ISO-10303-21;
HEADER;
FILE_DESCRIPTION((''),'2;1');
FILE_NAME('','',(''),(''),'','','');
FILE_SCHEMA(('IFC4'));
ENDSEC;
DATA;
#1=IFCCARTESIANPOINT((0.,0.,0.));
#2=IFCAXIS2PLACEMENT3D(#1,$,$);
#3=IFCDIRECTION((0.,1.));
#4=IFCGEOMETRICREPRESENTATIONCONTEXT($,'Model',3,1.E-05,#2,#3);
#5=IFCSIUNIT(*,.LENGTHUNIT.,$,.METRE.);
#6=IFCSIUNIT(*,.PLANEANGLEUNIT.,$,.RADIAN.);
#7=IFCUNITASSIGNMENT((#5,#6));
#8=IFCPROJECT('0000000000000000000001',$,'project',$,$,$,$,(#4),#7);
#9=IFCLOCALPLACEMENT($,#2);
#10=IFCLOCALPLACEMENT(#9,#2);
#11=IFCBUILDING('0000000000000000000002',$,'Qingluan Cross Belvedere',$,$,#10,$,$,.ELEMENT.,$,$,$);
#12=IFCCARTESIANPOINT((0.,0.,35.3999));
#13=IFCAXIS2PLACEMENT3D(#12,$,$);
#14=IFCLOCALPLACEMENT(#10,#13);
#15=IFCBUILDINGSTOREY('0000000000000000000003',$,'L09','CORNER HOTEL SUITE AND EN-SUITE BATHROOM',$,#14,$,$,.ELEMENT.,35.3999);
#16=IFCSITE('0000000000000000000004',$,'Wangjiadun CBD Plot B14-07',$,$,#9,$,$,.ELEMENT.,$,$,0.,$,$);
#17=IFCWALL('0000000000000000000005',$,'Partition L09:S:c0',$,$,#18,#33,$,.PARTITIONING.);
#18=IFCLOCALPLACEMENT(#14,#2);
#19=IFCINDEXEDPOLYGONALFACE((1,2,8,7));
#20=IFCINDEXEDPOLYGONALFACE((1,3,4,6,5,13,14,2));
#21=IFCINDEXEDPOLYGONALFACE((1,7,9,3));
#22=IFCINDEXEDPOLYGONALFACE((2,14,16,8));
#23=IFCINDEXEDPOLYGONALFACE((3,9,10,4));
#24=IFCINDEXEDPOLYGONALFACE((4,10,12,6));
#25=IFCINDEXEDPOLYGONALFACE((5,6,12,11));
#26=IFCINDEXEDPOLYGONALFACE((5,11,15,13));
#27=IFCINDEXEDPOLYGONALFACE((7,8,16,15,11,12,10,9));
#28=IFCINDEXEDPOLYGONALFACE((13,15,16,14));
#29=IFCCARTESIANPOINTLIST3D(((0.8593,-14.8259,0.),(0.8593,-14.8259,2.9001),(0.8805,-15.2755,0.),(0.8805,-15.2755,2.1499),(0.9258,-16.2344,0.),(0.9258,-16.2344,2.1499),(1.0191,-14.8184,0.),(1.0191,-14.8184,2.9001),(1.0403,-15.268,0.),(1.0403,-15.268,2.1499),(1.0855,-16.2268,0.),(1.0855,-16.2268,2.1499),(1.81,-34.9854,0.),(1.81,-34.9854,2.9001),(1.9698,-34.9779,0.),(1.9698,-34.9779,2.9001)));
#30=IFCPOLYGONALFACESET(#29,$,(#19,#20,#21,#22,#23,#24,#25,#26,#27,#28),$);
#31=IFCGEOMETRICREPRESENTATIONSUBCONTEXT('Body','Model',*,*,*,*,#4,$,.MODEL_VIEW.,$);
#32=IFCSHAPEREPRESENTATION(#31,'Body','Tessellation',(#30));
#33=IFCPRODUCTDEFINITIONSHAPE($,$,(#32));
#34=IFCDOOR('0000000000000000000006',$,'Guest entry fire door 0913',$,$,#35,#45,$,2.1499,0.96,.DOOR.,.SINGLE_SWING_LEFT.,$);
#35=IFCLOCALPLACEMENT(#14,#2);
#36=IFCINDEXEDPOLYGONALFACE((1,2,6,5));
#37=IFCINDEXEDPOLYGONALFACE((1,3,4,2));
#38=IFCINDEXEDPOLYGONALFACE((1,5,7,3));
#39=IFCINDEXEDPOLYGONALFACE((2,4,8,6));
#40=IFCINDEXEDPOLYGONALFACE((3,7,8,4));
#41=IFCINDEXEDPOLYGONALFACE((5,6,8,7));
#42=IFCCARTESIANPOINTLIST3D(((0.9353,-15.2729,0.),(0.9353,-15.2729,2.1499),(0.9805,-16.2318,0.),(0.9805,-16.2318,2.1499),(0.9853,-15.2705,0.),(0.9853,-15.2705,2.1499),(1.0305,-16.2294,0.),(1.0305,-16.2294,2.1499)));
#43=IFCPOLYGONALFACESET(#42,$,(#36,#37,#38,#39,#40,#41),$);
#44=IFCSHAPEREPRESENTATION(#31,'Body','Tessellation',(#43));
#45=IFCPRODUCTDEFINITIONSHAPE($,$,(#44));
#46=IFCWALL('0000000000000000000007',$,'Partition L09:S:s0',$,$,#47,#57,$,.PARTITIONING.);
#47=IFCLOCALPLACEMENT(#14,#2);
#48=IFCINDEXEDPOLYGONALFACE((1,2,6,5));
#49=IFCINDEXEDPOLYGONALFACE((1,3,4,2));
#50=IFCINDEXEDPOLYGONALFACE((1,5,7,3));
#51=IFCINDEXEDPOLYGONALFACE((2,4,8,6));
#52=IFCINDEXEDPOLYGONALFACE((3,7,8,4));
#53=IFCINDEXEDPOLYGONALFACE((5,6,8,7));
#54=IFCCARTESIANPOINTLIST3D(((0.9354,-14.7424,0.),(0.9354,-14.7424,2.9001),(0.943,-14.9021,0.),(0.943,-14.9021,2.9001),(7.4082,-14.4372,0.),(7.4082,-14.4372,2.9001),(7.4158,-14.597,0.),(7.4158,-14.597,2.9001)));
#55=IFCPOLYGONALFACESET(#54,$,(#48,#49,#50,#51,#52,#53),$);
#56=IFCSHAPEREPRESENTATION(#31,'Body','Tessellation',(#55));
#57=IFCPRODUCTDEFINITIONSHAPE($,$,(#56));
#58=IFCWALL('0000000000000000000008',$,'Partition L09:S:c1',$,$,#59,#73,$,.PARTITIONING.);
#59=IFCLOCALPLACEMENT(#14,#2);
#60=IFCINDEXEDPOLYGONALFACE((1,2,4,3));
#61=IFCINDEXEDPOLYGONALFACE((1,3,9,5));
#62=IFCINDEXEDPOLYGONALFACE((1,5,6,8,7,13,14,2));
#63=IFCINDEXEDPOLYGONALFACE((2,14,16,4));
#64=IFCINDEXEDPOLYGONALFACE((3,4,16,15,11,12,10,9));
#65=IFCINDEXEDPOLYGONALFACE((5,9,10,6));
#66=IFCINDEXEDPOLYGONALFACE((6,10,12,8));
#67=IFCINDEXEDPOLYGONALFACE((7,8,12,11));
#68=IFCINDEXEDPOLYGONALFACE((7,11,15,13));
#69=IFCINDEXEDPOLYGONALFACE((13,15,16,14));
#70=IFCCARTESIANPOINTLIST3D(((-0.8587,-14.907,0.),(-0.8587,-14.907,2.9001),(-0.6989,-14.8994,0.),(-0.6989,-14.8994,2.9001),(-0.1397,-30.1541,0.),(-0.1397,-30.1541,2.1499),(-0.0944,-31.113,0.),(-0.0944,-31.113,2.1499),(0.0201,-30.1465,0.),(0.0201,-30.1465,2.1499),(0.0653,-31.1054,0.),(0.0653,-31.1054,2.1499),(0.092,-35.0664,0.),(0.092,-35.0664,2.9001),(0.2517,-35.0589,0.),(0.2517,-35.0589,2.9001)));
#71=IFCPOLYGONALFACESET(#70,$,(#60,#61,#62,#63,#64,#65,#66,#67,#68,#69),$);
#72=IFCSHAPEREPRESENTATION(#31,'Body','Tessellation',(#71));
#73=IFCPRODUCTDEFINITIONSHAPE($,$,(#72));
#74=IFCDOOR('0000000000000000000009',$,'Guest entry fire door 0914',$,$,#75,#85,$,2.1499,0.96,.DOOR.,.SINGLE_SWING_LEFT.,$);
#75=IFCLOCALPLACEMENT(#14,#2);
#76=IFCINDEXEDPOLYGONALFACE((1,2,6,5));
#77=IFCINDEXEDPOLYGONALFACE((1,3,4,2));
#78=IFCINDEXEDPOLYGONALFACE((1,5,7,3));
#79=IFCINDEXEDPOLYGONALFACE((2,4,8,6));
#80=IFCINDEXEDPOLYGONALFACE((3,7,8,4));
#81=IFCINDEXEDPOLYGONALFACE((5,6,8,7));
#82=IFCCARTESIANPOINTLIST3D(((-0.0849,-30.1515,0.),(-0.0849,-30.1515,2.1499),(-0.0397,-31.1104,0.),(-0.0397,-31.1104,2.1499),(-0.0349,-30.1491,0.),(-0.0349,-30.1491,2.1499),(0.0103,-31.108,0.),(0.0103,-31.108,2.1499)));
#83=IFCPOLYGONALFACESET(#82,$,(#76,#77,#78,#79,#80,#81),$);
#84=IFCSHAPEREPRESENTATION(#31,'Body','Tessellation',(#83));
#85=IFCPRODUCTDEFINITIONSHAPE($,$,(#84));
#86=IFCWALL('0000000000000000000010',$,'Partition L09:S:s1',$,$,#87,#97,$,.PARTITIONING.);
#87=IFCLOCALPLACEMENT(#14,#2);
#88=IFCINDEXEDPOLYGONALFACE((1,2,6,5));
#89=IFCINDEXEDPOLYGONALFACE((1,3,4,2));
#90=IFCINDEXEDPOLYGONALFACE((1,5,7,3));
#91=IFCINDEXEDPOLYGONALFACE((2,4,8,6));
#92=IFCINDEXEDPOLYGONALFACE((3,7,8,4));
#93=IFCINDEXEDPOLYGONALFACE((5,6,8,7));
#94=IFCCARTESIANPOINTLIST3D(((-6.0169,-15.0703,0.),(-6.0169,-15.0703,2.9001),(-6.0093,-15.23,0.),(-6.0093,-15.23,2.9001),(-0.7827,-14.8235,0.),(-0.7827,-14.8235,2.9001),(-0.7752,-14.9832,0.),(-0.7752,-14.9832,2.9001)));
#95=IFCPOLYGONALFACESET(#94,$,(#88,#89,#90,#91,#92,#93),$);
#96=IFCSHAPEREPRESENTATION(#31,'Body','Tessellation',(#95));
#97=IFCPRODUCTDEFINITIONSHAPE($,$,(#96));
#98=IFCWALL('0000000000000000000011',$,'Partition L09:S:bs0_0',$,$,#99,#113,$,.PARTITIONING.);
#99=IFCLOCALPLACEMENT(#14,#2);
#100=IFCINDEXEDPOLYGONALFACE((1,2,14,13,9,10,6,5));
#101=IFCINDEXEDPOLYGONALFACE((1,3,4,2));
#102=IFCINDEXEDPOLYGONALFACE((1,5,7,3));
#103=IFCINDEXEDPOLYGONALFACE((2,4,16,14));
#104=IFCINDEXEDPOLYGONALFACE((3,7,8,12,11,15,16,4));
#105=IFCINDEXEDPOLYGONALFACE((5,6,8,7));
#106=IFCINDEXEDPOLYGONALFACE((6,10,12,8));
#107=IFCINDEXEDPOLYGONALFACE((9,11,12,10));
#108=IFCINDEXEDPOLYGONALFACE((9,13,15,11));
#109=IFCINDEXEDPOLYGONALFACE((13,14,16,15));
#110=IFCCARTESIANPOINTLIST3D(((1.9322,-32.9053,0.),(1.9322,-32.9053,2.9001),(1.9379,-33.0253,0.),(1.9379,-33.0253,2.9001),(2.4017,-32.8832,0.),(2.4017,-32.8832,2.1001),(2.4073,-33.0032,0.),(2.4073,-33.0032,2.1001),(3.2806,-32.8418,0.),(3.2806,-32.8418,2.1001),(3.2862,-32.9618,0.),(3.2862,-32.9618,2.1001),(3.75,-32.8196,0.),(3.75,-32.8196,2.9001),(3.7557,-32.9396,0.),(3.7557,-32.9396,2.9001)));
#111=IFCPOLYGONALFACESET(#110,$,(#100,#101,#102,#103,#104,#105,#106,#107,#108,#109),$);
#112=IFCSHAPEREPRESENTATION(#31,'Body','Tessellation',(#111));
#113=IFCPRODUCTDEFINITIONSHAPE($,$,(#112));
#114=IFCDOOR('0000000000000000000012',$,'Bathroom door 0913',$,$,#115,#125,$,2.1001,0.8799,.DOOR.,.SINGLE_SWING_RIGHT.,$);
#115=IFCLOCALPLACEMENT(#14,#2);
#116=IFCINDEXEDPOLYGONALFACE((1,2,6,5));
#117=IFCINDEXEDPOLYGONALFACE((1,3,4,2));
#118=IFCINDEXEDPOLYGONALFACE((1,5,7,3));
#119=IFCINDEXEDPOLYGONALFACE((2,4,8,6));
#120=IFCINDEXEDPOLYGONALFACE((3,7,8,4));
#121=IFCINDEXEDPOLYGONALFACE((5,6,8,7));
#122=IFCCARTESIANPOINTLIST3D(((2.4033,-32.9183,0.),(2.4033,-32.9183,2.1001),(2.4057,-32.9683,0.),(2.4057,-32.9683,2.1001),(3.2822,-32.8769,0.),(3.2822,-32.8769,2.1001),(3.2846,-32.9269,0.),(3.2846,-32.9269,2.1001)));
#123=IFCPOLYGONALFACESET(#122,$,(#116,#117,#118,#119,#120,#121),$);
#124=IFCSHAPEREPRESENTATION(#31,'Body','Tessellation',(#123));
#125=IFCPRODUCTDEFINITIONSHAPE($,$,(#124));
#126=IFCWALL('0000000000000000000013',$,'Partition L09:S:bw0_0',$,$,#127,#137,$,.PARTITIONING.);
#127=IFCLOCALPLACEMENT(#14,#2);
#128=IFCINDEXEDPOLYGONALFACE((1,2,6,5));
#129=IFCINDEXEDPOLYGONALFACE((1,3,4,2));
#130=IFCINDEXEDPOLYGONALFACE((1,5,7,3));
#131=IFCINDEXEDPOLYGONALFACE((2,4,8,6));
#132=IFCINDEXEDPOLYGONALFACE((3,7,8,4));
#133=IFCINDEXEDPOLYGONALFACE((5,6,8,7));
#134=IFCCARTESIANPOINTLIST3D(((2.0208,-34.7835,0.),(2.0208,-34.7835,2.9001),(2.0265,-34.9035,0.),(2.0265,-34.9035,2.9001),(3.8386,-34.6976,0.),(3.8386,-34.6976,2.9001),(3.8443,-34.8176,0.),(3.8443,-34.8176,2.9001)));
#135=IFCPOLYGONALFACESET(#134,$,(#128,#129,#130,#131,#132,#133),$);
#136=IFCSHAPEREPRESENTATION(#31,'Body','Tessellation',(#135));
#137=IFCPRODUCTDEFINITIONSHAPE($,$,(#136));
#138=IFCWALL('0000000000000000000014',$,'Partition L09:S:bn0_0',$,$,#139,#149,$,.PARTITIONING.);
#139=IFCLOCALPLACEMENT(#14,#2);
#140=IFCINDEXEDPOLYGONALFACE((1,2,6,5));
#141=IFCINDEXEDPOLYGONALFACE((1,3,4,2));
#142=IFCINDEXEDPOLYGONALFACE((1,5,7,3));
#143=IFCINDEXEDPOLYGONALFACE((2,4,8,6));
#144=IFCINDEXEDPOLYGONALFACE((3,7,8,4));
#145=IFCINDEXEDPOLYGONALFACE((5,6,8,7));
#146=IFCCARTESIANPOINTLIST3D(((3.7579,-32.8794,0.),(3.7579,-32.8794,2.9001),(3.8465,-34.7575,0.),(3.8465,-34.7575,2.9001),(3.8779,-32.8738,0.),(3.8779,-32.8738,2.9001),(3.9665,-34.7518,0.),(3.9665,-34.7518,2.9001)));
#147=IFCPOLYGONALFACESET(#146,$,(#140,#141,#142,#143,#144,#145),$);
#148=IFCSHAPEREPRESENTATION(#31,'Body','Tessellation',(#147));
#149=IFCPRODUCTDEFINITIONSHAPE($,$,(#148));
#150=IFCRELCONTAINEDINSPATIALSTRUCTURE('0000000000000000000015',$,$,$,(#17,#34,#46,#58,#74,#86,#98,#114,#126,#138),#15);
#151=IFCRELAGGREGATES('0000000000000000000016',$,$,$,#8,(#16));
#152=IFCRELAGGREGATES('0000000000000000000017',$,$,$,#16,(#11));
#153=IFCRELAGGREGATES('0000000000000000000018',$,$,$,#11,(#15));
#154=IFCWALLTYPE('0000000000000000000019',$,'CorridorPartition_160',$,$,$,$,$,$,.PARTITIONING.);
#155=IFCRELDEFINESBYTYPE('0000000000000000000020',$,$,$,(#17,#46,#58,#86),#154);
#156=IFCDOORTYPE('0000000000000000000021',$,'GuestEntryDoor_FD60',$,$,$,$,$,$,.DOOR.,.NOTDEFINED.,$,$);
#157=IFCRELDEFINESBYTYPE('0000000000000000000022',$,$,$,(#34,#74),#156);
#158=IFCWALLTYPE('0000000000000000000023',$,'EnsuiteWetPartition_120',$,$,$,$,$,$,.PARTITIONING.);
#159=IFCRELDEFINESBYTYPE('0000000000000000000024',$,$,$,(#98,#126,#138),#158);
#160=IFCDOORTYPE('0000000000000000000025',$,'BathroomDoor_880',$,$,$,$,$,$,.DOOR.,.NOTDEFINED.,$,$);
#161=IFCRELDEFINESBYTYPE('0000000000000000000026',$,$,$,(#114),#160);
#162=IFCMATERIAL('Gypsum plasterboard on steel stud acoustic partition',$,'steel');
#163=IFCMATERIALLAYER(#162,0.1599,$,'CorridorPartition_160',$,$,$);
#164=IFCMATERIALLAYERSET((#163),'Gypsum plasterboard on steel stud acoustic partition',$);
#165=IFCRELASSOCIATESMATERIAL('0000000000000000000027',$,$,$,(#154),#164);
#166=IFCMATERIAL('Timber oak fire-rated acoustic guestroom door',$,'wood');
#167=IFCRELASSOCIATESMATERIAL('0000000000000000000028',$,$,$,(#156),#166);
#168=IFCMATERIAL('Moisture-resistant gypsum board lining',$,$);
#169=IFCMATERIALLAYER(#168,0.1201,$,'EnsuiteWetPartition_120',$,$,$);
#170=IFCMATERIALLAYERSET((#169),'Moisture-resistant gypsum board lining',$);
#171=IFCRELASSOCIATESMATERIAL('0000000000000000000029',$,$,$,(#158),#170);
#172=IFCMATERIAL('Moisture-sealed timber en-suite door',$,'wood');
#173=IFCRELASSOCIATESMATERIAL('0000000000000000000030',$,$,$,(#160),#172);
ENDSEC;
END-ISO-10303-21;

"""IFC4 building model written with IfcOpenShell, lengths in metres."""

from ifc_helpers import new_model, si_unit, direction, frame, frame_2d, origin, place, context, subcontext, project, spatial, rectangle, extrude, material, layer, layer_set, type_object, element, fill, save


model = new_model("IFC4")

# Units and contexts
model_context = context("Model", 3, precision=1e-05, world=origin(), true_north=direction((0.0, 1.0)))
body_context = subcontext(model_context, "Body", "Model", "MODEL_VIEW")
ifc_project = project(units=[si_unit("LENGTHUNIT", "METRE"), si_unit("PLANEANGLEUNIT", "RADIAN")], contexts=[model_context])

# Site, building, storey
site_placement = place(None, origin())
site = spatial("IfcSite", under=ifc_project, at=site_placement, Name="Wangjiadun CBD Plot B14-07", CompositionType="ELEMENT", RefElevation=0.0)
building_placement = place(site_placement, origin())
building = spatial("IfcBuilding", under=site, at=building_placement, Name="Qingluan Cross Belvedere", CompositionType="ELEMENT")
storey_placement = place(building_placement, frame((0.0, 0.0, 35.3999)))
storey = spatial("IfcBuildingStorey", under=building, at=storey_placement, Name="L09", Description="CORNER HOTEL SUITE AND EN-SUITE BATHROOM", CompositionType="ELEMENT", Elevation=35.3999)

# Wall, opening, door
ifc_material_1 = material(Name="Gypsum plasterboard on steel stud acoustic partition", Category="steel")
ifc_layer_1 = layer(ifc_material_1, 0.1599, Name="CorridorPartition_160")
ifc_layer_set_1 = layer_set([ifc_layer_1], Name="Gypsum plasterboard on steel stud acoustic partition")
wall_type_1 = type_object("IfcWallType", Name="CorridorPartition_160", PredefinedType="PARTITIONING", material=ifc_layer_set_1)
wall_1_placement = place(storey_placement, frame((0.9392, -14.8223, 0.0), z_axis=(0.0, 0.0, 1.0), x_axis=(0.047106, -0.99889, 0.0)))
wall_1 = element("IfcWall", 1, at=wall_1_placement, inside=storey, type_object=wall_type_1, Name="Partition L09:S:c0", PredefinedType="PARTITIONING", context=body_context, shape_type="SweptSolid", body=[
    extrude(rectangle(XDim=20.1819, YDim=0.1599, at=frame_2d((10.0908, 0.0))), origin(), (0.0, 0.0, 1.0), 2.9001),
])
opening_1_placement = place(wall_1_placement, frame((0.45, 0.0, 0.0)))
opening_1 = element("IfcOpeningElement", 2, at=opening_1_placement, cuts=wall_1, PredefinedType="OPENING", context=body_context, shape_type="SweptSolid", body=[
    extrude(rectangle(XDim=0.96, YDim=2.1499, at=frame_2d((0.48, 1.075))), frame((0.0, 0.0898, 0.0), z_axis=(0.0, -1.0, 0.0), x_axis=(1.0, 0.0, 0.0)), (0.0, 0.0, 1.0), 0.1799),
])
ifc_material_2 = material(Name="Timber oak fire-rated acoustic guestroom door", Category="wood")
door_type_1 = type_object("IfcDoorType", Name="GuestEntryDoor_FD60", OperationType="NOTDEFINED", PredefinedType="DOOR", material=ifc_material_2)
door_1_placement = place(opening_1_placement, origin())
door_1 = element("IfcDoor", 3, at=door_1_placement, inside=storey, type_object=door_type_1, Name="Guest entry fire door 0913", OperationType="SINGLE_SWING_LEFT", OverallHeight=2.1499, OverallWidth=0.96, PredefinedType="DOOR", context=body_context, shape_type="SweptSolid", body=[
    extrude(rectangle(XDim=0.96, YDim=2.1499, at=frame_2d((0.48, 1.075))), frame((0.0, 0.0249, 0.0), z_axis=(0.0, -1.0, 0.0), x_axis=(1.0, 0.0, 0.0)), (0.0, 0.0, 1.0), 0.05),
])
fill(opening_1, door_1)

# Wall
wall_2_placement = place(storey_placement, frame((0.9392, -14.8223, 0.0), z_axis=(0.0, 0.0, 1.0), x_axis=(0.99889, 0.047094, 0.0)))
element("IfcWall", 4, at=wall_2_placement, inside=storey, type_object=wall_type_1, Name="Partition L09:S:s0", PredefinedType="PARTITIONING", context=body_context, shape_type="SweptSolid", body=[
    extrude(rectangle(XDim=6.48, YDim=0.1599, at=frame_2d((3.24, 0.0))), origin(), (0.0, 0.0, 1.0), 2.9001),
])

# Wall, opening, door
wall_3_placement = place(storey_placement, frame((-0.7788, -14.9033, 0.0), z_axis=(0.0, 0.0, 1.0), x_axis=(0.047106, -0.99889, 0.0)))
wall_3 = element("IfcWall", 5, at=wall_3_placement, inside=storey, type_object=wall_type_1, Name="Partition L09:S:c1", PredefinedType="PARTITIONING", context=body_context, shape_type="SweptSolid", body=[
    extrude(rectangle(XDim=20.1819, YDim=0.1599, at=frame_2d((10.0908, 0.0))), origin(), (0.0, 0.0, 1.0), 2.9001),
])
opening_2_placement = place(wall_3_placement, frame((15.2639, 0.0, 0.0)))
opening_2 = element("IfcOpeningElement", 6, at=opening_2_placement, cuts=wall_3, PredefinedType="OPENING", context=body_context, shape_type="SweptSolid", body=[
    extrude(rectangle(XDim=0.96, YDim=2.1499, at=frame_2d((0.48, 1.075))), frame((0.0, 0.0898, 0.0), z_axis=(0.0, -1.0, 0.0), x_axis=(1.0, 0.0, 0.0)), (0.0, 0.0, 1.0), 0.1799),
])
door_2_placement = place(opening_2_placement, origin())
door_2 = element("IfcDoor", 7, at=door_2_placement, inside=storey, type_object=door_type_1, Name="Guest entry fire door 0914", OperationType="SINGLE_SWING_LEFT", OverallHeight=2.1499, OverallWidth=0.96, PredefinedType="DOOR", context=body_context, shape_type="SweptSolid", body=[
    extrude(rectangle(XDim=0.96, YDim=2.1499, at=frame_2d((0.48, 1.075))), frame((0.0, 0.0249, 0.0), z_axis=(0.0, -1.0, 0.0), x_axis=(1.0, 0.0, 0.0)), (0.0, 0.0, 1.0), 0.05),
])
fill(opening_2, door_2)

# Wall
wall_4_placement = place(storey_placement, frame((-0.7788, -14.9033, 0.0), z_axis=(0.0, 0.0, 1.0), x_axis=(-0.99889, -0.047105, 0.0)))
element("IfcWall", 8, at=wall_4_placement, inside=storey, type_object=wall_type_1, Name="Partition L09:S:s1", PredefinedType="PARTITIONING", context=body_context, shape_type="SweptSolid", body=[
    extrude(rectangle(XDim=5.24, YDim=0.1599, at=frame_2d((2.6201, 0.0))), origin(), (0.0, 0.0, 1.0), 2.9001),
])

# Wall, opening, door
ifc_material_3 = material(Name="Moisture-resistant gypsum board lining")
ifc_layer_2 = layer(ifc_material_3, 0.1201, Name="EnsuiteWetPartition_120")
ifc_layer_set_2 = layer_set([ifc_layer_2], Name="Moisture-resistant gypsum board lining")
wall_type_2 = type_object("IfcWallType", Name="EnsuiteWetPartition_120", PredefinedType="PARTITIONING", material=ifc_layer_set_2)
wall_5_placement = place(storey_placement, frame((1.9351, -32.9653, 0.0), z_axis=(0.0, 0.0, 1.0), x_axis=(0.998891, 0.047087, 0.0)))
wall_5 = element("IfcWall", 9, at=wall_5_placement, inside=storey, type_object=wall_type_2, Name="Partition L09:S:bs0_0", PredefinedType="PARTITIONING", context=body_context, shape_type="SweptSolid", body=[
    extrude(rectangle(XDim=1.8198, YDim=0.1201, at=frame_2d((0.9099, 0.0))), origin(), (0.0, 0.0, 1.0), 2.9001),
])
opening_3_placement = place(wall_5_placement, frame((0.47, 0.0, 0.0)))
opening_3 = element("IfcOpeningElement", 10, at=opening_3_placement, cuts=wall_5, PredefinedType="OPENING", context=body_context, shape_type="SweptSolid", body=[
    extrude(rectangle(XDim=0.8799, YDim=2.1001, at=frame_2d((0.4399, 1.05))), frame((0.0, 0.0701, 0.0), z_axis=(0.0, -1.0, 0.0), x_axis=(1.0, 0.0, 0.0)), (0.0, 0.0, 1.0), 0.1401),
])
ifc_material_4 = material(Name="Moisture-sealed timber en-suite door", Category="wood")
door_type_2 = type_object("IfcDoorType", Name="BathroomDoor_880", OperationType="NOTDEFINED", PredefinedType="DOOR", material=ifc_material_4)
door_3_placement = place(opening_3_placement, origin())
door_3 = element("IfcDoor", 11, at=door_3_placement, inside=storey, type_object=door_type_2, Name="Bathroom door 0913", OperationType="SINGLE_SWING_RIGHT", OverallHeight=2.1001, OverallWidth=0.8799, PredefinedType="DOOR", context=body_context, shape_type="SweptSolid", body=[
    extrude(rectangle(XDim=0.8799, YDim=2.1001, at=frame_2d((0.4399, 1.05))), frame((0.0, 0.0249, 0.0), z_axis=(0.0, -1.0, 0.0), x_axis=(1.0, 0.0, 0.0)), (0.0, 0.0, 1.0), 0.05),
])
fill(opening_3, door_3)

# Walls
wall_6_placement = place(storey_placement, frame((2.0237, -34.8435, 0.0), z_axis=(0.0, 0.0, 1.0), x_axis=(0.998884, 0.047221, 0.0)))
element("IfcWall", 12, at=wall_6_placement, inside=storey, type_object=wall_type_2, Name="Partition L09:S:bw0_0", PredefinedType="PARTITIONING", context=body_context, shape_type="SweptSolid", body=[
    extrude(rectangle(XDim=1.8198, YDim=0.1201, at=frame_2d((0.9099, 0.0))), origin(), (0.0, 0.0, 1.0), 2.9001),
])
wall_7_placement = place(storey_placement, frame((3.8179, -32.8767, 0.0), z_axis=(0.0, 0.0, 1.0), x_axis=(0.047139, -0.998888, 0.0)))
element("IfcWall", 13, at=wall_7_placement, inside=storey, type_object=wall_type_2, Name="Partition L09:S:bn0_0", PredefinedType="PARTITIONING", context=body_context, shape_type="SweptSolid", body=[
    extrude(rectangle(XDim=1.8801, YDim=0.1201, at=frame_2d((0.9399, 0.0))), origin(), (0.0, 0.0, 1.0), 2.9001),
])

save(model, "model.ifc")
